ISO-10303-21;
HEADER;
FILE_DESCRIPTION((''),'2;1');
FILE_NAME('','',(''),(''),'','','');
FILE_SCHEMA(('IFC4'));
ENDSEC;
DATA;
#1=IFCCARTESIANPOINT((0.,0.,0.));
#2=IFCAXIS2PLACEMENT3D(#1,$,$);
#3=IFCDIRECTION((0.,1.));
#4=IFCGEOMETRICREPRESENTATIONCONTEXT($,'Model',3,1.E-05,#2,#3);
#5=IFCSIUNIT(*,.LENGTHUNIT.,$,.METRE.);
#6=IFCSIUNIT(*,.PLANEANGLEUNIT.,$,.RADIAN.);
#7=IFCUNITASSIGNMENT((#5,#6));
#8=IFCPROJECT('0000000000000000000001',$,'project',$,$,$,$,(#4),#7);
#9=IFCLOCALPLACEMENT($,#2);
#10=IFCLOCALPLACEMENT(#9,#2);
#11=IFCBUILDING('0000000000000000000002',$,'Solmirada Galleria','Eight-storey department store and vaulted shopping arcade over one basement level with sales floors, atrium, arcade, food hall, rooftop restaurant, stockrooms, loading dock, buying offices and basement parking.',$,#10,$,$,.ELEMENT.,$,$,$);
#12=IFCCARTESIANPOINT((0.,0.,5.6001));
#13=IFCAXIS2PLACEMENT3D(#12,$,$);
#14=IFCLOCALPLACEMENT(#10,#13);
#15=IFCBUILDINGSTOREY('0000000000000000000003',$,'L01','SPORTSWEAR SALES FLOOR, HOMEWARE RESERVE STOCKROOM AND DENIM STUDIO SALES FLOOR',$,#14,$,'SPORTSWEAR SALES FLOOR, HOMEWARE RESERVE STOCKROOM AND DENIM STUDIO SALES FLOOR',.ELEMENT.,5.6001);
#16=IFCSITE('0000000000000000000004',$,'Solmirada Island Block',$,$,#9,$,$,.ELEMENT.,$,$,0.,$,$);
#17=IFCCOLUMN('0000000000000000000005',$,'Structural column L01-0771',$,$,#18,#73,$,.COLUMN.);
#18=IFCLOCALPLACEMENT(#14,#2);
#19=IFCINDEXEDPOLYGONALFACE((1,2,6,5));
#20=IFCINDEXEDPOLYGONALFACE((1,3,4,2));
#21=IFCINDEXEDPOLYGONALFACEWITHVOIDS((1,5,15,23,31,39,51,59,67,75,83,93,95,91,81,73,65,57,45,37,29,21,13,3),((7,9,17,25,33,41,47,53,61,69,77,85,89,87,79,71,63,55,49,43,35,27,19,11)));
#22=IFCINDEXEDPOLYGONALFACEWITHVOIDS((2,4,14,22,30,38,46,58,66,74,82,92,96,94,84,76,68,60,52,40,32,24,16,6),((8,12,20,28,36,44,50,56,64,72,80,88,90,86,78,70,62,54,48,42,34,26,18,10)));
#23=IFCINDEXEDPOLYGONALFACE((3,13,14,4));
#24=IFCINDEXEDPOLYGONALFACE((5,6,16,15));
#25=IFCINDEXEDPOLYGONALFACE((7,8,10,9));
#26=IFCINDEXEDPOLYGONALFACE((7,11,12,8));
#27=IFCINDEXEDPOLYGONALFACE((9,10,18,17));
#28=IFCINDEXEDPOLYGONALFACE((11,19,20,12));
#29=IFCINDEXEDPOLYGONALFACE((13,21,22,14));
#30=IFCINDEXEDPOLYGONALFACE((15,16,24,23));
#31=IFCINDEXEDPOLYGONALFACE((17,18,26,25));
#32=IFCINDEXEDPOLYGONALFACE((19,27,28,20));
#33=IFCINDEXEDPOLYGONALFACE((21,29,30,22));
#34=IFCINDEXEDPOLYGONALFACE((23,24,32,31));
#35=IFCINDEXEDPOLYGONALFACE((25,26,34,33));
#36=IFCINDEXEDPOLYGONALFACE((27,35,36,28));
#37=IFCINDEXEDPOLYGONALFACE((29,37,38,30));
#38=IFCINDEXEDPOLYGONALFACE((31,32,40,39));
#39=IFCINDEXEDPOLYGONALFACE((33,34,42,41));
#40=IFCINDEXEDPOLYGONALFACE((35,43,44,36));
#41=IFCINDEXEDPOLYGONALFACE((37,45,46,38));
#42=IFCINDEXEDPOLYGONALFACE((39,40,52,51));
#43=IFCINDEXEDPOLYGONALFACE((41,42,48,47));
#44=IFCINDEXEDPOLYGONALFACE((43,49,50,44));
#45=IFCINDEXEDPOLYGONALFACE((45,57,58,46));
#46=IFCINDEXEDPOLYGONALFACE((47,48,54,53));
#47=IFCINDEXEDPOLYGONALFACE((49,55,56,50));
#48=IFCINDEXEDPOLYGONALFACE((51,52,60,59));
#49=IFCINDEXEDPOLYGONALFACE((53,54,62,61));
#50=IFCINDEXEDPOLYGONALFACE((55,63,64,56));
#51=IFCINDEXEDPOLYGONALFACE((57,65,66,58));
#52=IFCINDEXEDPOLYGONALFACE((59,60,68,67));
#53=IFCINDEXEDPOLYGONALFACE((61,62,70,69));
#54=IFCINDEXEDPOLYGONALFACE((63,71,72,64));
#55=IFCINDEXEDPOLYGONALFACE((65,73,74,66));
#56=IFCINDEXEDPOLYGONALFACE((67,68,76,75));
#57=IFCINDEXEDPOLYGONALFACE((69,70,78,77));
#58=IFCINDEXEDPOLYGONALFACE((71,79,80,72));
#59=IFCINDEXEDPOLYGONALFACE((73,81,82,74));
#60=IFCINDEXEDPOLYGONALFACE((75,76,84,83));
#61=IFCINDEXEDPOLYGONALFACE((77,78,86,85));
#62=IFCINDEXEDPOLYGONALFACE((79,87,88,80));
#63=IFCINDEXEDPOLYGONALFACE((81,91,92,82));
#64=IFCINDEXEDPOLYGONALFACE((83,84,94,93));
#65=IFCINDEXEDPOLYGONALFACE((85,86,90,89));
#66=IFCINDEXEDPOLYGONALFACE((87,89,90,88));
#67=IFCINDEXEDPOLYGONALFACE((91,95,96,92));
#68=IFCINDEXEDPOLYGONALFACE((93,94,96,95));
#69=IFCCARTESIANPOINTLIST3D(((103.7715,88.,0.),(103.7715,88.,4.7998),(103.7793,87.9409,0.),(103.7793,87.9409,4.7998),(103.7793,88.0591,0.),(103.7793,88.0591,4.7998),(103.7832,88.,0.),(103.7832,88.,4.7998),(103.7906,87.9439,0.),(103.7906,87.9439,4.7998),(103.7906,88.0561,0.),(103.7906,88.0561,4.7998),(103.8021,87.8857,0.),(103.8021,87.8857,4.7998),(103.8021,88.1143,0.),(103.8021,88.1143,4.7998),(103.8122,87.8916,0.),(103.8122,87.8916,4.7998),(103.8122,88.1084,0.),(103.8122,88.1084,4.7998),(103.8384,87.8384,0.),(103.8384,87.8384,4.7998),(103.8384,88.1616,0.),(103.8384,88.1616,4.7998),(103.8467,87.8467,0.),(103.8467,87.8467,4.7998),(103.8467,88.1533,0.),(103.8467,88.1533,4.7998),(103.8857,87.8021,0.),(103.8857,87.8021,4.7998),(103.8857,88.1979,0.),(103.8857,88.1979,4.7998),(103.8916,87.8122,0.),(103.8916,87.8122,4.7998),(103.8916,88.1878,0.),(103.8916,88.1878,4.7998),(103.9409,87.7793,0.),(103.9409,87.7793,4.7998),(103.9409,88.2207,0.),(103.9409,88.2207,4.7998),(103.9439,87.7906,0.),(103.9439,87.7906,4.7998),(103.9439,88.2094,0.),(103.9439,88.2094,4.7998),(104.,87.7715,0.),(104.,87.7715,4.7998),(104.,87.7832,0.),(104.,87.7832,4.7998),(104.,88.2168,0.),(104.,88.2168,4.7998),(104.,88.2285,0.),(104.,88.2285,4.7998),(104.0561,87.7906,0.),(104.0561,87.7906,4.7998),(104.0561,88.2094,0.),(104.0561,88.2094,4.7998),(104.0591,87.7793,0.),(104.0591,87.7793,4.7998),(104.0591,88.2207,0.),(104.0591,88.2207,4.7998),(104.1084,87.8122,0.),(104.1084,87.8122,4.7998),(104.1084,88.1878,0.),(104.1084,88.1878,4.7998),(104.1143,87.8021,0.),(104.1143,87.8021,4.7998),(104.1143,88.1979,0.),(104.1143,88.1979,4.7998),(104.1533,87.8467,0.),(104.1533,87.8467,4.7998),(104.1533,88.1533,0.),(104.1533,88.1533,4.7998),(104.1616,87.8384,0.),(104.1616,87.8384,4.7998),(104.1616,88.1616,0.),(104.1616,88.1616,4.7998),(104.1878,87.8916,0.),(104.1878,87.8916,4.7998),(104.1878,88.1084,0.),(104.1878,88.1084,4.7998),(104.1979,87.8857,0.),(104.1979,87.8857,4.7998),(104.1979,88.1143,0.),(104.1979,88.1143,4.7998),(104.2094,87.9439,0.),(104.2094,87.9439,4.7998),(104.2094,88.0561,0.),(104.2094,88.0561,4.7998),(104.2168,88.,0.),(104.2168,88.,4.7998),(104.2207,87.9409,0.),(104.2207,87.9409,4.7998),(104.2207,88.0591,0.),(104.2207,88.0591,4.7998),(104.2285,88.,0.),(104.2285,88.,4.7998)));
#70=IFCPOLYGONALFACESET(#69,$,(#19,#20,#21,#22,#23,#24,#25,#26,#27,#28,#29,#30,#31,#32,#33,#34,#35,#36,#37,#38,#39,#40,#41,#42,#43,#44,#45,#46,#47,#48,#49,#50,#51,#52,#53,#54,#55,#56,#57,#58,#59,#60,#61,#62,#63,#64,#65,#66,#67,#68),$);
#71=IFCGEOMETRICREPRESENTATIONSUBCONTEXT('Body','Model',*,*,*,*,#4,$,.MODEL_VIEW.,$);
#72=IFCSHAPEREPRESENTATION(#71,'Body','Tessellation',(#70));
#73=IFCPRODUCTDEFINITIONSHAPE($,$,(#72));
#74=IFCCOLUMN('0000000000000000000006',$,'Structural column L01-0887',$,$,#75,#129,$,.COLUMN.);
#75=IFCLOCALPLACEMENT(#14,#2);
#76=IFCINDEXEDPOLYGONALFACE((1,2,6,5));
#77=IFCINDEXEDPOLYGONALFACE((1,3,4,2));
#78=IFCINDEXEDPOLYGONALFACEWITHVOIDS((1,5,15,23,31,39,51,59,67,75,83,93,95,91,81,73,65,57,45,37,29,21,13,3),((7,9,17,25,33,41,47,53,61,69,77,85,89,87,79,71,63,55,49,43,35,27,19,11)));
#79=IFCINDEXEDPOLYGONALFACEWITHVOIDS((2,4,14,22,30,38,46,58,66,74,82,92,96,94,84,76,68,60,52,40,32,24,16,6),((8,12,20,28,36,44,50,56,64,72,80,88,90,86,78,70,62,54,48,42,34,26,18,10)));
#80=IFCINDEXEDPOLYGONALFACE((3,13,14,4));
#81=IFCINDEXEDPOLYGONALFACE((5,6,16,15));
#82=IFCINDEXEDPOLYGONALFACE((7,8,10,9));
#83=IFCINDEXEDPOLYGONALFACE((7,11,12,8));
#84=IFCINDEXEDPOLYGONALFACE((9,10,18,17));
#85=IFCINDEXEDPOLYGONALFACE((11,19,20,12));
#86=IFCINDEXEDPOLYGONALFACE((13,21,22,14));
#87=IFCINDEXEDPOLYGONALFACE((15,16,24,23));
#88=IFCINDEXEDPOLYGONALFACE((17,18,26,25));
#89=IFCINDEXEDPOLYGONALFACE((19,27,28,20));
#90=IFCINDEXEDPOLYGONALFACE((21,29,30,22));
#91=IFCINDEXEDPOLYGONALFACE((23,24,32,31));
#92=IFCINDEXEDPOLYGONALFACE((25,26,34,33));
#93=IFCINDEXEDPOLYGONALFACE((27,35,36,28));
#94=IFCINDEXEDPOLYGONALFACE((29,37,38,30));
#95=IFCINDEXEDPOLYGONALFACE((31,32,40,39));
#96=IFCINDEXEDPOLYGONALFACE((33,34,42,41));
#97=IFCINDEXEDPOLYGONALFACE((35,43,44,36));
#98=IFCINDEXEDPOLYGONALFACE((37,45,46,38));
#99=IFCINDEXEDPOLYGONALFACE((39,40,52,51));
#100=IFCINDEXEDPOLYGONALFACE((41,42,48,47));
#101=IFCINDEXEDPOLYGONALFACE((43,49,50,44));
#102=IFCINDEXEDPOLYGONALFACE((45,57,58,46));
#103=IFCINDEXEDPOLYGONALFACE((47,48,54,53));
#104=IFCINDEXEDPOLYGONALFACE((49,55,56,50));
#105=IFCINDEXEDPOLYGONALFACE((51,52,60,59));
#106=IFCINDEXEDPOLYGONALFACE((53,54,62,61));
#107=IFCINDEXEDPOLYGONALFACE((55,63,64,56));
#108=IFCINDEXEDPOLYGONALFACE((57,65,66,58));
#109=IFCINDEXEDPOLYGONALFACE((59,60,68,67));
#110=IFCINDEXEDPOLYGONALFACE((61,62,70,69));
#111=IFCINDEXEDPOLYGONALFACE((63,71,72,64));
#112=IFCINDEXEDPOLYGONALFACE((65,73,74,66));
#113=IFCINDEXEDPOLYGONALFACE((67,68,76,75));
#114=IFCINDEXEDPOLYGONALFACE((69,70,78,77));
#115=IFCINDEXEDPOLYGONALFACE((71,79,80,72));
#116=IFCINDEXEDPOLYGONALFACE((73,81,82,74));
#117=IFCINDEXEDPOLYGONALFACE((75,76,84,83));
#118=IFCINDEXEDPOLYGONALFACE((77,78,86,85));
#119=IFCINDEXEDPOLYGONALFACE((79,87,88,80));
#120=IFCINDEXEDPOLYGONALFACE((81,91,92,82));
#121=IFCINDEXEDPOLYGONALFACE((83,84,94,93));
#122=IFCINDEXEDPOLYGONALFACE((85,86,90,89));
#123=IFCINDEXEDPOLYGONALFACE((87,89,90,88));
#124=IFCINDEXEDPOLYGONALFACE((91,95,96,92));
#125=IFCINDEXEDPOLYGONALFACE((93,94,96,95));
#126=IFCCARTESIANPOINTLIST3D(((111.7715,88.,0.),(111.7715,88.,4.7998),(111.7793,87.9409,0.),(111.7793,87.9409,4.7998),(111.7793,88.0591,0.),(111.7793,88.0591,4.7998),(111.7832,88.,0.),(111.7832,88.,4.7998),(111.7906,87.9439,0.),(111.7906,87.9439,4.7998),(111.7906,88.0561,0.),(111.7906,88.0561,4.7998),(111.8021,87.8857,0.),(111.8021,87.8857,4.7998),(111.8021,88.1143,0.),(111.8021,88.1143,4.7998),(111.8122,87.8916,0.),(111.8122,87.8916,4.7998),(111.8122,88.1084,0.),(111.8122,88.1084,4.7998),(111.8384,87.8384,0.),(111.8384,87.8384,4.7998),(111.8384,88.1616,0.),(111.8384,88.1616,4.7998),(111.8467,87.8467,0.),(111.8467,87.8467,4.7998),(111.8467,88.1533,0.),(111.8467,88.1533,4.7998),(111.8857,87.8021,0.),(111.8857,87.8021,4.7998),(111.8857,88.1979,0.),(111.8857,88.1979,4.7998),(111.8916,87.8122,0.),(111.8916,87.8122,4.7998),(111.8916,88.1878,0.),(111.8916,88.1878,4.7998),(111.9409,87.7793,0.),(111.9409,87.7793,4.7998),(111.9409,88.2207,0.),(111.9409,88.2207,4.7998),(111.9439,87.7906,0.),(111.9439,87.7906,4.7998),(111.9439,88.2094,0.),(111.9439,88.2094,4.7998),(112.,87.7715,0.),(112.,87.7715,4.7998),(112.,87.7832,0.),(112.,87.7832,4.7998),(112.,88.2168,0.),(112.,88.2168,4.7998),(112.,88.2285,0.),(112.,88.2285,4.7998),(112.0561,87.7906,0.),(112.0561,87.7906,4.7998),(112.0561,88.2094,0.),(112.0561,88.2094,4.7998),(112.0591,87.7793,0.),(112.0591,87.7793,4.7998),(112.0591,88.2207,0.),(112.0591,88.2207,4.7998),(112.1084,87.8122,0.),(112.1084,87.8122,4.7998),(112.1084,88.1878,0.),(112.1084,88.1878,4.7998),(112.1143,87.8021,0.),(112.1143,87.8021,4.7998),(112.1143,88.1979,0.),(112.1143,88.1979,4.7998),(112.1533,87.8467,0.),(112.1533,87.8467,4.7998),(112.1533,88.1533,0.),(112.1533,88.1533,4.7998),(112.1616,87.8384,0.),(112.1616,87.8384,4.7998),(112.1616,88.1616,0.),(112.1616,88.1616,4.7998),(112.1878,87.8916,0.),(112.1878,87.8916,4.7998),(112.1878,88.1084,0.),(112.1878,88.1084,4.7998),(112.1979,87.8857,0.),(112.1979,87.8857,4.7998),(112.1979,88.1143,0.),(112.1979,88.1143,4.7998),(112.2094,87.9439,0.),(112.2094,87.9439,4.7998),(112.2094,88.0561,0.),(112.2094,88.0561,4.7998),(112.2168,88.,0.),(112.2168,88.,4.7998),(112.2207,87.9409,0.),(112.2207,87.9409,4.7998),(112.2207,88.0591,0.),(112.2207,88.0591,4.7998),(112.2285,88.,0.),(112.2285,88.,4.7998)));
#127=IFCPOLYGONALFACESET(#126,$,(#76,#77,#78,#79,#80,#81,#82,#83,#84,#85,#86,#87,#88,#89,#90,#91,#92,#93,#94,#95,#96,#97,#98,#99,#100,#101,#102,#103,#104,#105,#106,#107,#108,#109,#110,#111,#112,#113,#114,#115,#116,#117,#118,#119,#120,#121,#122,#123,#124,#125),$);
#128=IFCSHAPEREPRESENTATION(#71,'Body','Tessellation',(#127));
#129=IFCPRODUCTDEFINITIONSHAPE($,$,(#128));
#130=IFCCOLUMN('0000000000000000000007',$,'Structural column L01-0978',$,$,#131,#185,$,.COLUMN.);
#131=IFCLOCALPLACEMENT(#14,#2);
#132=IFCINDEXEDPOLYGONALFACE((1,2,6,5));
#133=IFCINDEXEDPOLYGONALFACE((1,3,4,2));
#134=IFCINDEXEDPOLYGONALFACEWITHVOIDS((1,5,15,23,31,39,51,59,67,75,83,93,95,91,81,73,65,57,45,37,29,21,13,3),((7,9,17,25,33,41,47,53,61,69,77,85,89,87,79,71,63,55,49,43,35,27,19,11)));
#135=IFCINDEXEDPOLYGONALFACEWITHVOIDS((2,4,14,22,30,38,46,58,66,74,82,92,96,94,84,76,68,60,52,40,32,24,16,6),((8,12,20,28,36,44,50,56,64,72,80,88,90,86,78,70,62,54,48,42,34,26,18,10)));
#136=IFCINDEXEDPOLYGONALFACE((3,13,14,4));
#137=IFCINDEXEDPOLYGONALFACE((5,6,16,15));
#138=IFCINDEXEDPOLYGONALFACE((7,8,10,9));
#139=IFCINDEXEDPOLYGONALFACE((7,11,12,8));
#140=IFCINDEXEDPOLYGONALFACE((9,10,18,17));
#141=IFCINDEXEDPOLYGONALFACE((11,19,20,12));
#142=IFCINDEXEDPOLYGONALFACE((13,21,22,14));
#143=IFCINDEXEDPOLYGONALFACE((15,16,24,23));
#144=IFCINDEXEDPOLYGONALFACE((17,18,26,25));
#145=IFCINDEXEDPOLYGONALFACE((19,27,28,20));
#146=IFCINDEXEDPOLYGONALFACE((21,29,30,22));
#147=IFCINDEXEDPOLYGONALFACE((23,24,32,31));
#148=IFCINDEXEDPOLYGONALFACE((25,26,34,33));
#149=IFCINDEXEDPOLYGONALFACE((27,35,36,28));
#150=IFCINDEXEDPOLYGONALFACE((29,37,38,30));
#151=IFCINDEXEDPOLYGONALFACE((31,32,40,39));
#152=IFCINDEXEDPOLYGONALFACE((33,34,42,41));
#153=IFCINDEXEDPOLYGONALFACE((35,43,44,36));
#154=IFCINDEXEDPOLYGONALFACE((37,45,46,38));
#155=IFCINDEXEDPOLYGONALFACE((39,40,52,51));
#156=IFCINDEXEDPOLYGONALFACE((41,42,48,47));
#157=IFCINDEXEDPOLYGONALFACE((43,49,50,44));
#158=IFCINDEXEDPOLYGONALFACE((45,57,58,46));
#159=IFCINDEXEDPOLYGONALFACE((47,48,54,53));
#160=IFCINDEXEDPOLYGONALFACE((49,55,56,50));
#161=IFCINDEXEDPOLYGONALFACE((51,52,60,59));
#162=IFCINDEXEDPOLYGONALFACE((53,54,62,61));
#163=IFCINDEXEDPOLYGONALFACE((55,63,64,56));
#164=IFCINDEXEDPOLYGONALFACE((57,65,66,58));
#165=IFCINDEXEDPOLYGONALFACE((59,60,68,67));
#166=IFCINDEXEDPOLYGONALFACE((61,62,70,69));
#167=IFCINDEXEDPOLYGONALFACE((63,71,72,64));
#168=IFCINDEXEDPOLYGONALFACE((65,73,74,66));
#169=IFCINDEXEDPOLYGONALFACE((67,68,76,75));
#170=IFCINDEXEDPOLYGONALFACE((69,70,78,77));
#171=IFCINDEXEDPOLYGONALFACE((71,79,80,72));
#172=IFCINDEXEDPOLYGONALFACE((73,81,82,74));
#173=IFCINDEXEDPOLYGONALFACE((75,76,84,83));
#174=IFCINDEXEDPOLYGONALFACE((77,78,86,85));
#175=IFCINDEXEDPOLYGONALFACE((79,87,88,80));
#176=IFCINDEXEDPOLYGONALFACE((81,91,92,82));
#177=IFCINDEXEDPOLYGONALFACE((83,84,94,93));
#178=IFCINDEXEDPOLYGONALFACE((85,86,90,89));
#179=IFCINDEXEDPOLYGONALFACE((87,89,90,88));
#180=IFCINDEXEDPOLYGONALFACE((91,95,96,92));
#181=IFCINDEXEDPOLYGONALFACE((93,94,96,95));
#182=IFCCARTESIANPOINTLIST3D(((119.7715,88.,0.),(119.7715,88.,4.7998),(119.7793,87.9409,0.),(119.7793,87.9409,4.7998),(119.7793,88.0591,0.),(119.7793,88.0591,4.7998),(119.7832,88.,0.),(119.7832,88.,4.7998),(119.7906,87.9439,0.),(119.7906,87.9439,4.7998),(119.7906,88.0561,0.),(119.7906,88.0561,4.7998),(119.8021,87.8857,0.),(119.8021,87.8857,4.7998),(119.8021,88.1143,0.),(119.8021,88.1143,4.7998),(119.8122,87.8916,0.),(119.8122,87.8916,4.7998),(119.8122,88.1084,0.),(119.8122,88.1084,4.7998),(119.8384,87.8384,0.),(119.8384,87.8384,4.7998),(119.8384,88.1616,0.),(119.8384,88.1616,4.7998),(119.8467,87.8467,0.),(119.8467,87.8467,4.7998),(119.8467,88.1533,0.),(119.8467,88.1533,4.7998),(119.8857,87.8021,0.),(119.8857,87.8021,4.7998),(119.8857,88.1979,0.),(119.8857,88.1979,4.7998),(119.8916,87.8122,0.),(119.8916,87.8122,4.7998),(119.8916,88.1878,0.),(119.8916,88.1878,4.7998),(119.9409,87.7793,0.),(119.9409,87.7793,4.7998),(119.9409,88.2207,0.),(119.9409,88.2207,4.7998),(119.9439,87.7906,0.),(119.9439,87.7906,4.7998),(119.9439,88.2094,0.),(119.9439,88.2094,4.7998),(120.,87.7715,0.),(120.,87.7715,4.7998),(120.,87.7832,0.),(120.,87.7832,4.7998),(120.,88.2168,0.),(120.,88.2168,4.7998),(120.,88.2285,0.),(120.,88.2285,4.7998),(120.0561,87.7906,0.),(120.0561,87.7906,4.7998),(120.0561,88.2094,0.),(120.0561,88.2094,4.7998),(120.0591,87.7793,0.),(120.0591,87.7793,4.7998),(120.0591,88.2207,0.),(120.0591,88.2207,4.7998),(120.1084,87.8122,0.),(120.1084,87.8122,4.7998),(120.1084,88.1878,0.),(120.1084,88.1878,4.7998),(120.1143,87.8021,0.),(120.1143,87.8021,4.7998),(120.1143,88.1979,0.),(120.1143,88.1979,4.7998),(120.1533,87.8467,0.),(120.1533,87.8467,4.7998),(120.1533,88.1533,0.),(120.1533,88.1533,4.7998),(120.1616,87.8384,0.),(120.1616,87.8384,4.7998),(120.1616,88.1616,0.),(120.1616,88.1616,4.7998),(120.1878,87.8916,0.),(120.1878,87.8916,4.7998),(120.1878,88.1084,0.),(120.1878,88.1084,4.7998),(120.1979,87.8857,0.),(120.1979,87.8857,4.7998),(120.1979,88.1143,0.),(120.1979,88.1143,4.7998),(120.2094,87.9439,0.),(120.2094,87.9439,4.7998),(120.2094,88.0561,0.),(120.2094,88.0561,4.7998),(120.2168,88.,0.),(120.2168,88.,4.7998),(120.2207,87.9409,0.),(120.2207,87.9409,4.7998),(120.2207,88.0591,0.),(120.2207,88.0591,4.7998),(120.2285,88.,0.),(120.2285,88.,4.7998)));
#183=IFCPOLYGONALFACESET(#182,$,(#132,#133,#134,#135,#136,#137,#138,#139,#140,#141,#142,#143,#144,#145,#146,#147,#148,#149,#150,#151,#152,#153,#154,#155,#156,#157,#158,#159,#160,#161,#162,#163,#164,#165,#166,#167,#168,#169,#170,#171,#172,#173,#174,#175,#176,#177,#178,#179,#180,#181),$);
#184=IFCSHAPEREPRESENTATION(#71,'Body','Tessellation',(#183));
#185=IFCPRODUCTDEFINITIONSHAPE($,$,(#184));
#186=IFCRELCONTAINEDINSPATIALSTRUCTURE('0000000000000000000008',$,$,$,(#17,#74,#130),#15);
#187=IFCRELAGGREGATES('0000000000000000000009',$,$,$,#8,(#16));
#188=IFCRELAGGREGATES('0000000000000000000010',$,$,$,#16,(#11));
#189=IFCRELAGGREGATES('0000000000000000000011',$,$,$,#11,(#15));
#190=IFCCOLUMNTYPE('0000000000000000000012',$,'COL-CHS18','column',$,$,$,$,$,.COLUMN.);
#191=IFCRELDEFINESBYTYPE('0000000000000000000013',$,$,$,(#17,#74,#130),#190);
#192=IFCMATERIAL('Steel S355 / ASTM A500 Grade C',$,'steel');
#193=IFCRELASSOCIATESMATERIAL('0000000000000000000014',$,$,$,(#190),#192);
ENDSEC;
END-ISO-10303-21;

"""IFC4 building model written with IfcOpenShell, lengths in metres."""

from ifc_helpers import new_model, si_unit, direction, frame, origin, origin_2d, place, context, subcontext, project, spatial, hollow_circle, extrude, material, material_profile, profile_set, type_object, element, save


model = new_model("IFC4")

# Units and contexts
model_context = context("Model", 3, precision=1e-05, world=origin(), true_north=direction((0.0, 1.0)))
body_context = subcontext(model_context, "Body", "Model", "MODEL_VIEW")
ifc_project = project(units=[si_unit("LENGTHUNIT", "METRE"), si_unit("PLANEANGLEUNIT", "RADIAN")], contexts=[model_context])

# Site, building, storey
site_placement = place(None, origin())
site = spatial("IfcSite", under=ifc_project, at=site_placement, Name="Solmirada Island Block", CompositionType="ELEMENT", RefElevation=0.0)
building_placement = place(site_placement, origin())
building = spatial("IfcBuilding", under=site, at=building_placement, Name="Solmirada Galleria", Description="Eight-storey department store and vaulted shopping arcade over one basement level with sales floors, atrium, arcade, food hall, rooftop restaurant, stockrooms, loading dock, buying offices and basement parking.", CompositionType="ELEMENT")
storey_placement = place(building_placement, frame((0.0, 0.0, 5.6001)))
storey = spatial("IfcBuildingStorey", under=building, at=storey_placement, Name="L01", Description="SPORTSWEAR SALES FLOOR, HOMEWARE RESERVE STOCKROOM AND DENIM STUDIO SALES FLOOR", LongName="SPORTSWEAR SALES FLOOR, HOMEWARE RESERVE STOCKROOM AND DENIM STUDIO SALES FLOOR", CompositionType="ELEMENT", Elevation=5.6001)

# Columns
ifc_material_1 = material(Name="Steel S355 / ASTM A500 Grade C", Category="steel")
ifc_material_profile_1 = material_profile(ifc_material_1, hollow_circle(Radius=0.2285, WallThickness=0.0117, at=origin_2d()), Name="HSS18.000X0.500")
ifc_profile_set_1 = profile_set([ifc_material_profile_1], Name="Steel S355 / ASTM A500 Grade C")
column_type_1 = type_object("IfcColumnType", Name="COL-CHS18", Description="column", PredefinedType="COLUMN", material=ifc_profile_set_1)
for number, where, z_axis, x_axis, name in (
    (1, (104.0, 88.0, 0.0), (0.0, 0.0, 1.0), (1.0, 0.0, 0.0), "Structural column L01-0771"),
    (2, (112.0, 88.0, 0.0), (0.0, 0.0, 1.0), (1.0, 0.0, 0.0), "Structural column L01-0887"),
    (3, (120.0, 88.0, 0.0), (0.0, 0.0, 1.0), (1.0, 0.0, 0.0), "Structural column L01-0978"),
):
    element("IfcColumn", number, at=place(storey_placement, frame(where, z_axis=z_axis, x_axis=x_axis)), inside=storey, type_object=column_type_1, Name=name, PredefinedType="COLUMN", context=body_context, shape_type="SweptSolid", body=[
        extrude(hollow_circle(Radius=0.2285, WallThickness=0.0117, at=origin_2d()), origin(), (0.0, 0.0, 1.0), 4.7998),
    ])

save(model, "model.ifc")
